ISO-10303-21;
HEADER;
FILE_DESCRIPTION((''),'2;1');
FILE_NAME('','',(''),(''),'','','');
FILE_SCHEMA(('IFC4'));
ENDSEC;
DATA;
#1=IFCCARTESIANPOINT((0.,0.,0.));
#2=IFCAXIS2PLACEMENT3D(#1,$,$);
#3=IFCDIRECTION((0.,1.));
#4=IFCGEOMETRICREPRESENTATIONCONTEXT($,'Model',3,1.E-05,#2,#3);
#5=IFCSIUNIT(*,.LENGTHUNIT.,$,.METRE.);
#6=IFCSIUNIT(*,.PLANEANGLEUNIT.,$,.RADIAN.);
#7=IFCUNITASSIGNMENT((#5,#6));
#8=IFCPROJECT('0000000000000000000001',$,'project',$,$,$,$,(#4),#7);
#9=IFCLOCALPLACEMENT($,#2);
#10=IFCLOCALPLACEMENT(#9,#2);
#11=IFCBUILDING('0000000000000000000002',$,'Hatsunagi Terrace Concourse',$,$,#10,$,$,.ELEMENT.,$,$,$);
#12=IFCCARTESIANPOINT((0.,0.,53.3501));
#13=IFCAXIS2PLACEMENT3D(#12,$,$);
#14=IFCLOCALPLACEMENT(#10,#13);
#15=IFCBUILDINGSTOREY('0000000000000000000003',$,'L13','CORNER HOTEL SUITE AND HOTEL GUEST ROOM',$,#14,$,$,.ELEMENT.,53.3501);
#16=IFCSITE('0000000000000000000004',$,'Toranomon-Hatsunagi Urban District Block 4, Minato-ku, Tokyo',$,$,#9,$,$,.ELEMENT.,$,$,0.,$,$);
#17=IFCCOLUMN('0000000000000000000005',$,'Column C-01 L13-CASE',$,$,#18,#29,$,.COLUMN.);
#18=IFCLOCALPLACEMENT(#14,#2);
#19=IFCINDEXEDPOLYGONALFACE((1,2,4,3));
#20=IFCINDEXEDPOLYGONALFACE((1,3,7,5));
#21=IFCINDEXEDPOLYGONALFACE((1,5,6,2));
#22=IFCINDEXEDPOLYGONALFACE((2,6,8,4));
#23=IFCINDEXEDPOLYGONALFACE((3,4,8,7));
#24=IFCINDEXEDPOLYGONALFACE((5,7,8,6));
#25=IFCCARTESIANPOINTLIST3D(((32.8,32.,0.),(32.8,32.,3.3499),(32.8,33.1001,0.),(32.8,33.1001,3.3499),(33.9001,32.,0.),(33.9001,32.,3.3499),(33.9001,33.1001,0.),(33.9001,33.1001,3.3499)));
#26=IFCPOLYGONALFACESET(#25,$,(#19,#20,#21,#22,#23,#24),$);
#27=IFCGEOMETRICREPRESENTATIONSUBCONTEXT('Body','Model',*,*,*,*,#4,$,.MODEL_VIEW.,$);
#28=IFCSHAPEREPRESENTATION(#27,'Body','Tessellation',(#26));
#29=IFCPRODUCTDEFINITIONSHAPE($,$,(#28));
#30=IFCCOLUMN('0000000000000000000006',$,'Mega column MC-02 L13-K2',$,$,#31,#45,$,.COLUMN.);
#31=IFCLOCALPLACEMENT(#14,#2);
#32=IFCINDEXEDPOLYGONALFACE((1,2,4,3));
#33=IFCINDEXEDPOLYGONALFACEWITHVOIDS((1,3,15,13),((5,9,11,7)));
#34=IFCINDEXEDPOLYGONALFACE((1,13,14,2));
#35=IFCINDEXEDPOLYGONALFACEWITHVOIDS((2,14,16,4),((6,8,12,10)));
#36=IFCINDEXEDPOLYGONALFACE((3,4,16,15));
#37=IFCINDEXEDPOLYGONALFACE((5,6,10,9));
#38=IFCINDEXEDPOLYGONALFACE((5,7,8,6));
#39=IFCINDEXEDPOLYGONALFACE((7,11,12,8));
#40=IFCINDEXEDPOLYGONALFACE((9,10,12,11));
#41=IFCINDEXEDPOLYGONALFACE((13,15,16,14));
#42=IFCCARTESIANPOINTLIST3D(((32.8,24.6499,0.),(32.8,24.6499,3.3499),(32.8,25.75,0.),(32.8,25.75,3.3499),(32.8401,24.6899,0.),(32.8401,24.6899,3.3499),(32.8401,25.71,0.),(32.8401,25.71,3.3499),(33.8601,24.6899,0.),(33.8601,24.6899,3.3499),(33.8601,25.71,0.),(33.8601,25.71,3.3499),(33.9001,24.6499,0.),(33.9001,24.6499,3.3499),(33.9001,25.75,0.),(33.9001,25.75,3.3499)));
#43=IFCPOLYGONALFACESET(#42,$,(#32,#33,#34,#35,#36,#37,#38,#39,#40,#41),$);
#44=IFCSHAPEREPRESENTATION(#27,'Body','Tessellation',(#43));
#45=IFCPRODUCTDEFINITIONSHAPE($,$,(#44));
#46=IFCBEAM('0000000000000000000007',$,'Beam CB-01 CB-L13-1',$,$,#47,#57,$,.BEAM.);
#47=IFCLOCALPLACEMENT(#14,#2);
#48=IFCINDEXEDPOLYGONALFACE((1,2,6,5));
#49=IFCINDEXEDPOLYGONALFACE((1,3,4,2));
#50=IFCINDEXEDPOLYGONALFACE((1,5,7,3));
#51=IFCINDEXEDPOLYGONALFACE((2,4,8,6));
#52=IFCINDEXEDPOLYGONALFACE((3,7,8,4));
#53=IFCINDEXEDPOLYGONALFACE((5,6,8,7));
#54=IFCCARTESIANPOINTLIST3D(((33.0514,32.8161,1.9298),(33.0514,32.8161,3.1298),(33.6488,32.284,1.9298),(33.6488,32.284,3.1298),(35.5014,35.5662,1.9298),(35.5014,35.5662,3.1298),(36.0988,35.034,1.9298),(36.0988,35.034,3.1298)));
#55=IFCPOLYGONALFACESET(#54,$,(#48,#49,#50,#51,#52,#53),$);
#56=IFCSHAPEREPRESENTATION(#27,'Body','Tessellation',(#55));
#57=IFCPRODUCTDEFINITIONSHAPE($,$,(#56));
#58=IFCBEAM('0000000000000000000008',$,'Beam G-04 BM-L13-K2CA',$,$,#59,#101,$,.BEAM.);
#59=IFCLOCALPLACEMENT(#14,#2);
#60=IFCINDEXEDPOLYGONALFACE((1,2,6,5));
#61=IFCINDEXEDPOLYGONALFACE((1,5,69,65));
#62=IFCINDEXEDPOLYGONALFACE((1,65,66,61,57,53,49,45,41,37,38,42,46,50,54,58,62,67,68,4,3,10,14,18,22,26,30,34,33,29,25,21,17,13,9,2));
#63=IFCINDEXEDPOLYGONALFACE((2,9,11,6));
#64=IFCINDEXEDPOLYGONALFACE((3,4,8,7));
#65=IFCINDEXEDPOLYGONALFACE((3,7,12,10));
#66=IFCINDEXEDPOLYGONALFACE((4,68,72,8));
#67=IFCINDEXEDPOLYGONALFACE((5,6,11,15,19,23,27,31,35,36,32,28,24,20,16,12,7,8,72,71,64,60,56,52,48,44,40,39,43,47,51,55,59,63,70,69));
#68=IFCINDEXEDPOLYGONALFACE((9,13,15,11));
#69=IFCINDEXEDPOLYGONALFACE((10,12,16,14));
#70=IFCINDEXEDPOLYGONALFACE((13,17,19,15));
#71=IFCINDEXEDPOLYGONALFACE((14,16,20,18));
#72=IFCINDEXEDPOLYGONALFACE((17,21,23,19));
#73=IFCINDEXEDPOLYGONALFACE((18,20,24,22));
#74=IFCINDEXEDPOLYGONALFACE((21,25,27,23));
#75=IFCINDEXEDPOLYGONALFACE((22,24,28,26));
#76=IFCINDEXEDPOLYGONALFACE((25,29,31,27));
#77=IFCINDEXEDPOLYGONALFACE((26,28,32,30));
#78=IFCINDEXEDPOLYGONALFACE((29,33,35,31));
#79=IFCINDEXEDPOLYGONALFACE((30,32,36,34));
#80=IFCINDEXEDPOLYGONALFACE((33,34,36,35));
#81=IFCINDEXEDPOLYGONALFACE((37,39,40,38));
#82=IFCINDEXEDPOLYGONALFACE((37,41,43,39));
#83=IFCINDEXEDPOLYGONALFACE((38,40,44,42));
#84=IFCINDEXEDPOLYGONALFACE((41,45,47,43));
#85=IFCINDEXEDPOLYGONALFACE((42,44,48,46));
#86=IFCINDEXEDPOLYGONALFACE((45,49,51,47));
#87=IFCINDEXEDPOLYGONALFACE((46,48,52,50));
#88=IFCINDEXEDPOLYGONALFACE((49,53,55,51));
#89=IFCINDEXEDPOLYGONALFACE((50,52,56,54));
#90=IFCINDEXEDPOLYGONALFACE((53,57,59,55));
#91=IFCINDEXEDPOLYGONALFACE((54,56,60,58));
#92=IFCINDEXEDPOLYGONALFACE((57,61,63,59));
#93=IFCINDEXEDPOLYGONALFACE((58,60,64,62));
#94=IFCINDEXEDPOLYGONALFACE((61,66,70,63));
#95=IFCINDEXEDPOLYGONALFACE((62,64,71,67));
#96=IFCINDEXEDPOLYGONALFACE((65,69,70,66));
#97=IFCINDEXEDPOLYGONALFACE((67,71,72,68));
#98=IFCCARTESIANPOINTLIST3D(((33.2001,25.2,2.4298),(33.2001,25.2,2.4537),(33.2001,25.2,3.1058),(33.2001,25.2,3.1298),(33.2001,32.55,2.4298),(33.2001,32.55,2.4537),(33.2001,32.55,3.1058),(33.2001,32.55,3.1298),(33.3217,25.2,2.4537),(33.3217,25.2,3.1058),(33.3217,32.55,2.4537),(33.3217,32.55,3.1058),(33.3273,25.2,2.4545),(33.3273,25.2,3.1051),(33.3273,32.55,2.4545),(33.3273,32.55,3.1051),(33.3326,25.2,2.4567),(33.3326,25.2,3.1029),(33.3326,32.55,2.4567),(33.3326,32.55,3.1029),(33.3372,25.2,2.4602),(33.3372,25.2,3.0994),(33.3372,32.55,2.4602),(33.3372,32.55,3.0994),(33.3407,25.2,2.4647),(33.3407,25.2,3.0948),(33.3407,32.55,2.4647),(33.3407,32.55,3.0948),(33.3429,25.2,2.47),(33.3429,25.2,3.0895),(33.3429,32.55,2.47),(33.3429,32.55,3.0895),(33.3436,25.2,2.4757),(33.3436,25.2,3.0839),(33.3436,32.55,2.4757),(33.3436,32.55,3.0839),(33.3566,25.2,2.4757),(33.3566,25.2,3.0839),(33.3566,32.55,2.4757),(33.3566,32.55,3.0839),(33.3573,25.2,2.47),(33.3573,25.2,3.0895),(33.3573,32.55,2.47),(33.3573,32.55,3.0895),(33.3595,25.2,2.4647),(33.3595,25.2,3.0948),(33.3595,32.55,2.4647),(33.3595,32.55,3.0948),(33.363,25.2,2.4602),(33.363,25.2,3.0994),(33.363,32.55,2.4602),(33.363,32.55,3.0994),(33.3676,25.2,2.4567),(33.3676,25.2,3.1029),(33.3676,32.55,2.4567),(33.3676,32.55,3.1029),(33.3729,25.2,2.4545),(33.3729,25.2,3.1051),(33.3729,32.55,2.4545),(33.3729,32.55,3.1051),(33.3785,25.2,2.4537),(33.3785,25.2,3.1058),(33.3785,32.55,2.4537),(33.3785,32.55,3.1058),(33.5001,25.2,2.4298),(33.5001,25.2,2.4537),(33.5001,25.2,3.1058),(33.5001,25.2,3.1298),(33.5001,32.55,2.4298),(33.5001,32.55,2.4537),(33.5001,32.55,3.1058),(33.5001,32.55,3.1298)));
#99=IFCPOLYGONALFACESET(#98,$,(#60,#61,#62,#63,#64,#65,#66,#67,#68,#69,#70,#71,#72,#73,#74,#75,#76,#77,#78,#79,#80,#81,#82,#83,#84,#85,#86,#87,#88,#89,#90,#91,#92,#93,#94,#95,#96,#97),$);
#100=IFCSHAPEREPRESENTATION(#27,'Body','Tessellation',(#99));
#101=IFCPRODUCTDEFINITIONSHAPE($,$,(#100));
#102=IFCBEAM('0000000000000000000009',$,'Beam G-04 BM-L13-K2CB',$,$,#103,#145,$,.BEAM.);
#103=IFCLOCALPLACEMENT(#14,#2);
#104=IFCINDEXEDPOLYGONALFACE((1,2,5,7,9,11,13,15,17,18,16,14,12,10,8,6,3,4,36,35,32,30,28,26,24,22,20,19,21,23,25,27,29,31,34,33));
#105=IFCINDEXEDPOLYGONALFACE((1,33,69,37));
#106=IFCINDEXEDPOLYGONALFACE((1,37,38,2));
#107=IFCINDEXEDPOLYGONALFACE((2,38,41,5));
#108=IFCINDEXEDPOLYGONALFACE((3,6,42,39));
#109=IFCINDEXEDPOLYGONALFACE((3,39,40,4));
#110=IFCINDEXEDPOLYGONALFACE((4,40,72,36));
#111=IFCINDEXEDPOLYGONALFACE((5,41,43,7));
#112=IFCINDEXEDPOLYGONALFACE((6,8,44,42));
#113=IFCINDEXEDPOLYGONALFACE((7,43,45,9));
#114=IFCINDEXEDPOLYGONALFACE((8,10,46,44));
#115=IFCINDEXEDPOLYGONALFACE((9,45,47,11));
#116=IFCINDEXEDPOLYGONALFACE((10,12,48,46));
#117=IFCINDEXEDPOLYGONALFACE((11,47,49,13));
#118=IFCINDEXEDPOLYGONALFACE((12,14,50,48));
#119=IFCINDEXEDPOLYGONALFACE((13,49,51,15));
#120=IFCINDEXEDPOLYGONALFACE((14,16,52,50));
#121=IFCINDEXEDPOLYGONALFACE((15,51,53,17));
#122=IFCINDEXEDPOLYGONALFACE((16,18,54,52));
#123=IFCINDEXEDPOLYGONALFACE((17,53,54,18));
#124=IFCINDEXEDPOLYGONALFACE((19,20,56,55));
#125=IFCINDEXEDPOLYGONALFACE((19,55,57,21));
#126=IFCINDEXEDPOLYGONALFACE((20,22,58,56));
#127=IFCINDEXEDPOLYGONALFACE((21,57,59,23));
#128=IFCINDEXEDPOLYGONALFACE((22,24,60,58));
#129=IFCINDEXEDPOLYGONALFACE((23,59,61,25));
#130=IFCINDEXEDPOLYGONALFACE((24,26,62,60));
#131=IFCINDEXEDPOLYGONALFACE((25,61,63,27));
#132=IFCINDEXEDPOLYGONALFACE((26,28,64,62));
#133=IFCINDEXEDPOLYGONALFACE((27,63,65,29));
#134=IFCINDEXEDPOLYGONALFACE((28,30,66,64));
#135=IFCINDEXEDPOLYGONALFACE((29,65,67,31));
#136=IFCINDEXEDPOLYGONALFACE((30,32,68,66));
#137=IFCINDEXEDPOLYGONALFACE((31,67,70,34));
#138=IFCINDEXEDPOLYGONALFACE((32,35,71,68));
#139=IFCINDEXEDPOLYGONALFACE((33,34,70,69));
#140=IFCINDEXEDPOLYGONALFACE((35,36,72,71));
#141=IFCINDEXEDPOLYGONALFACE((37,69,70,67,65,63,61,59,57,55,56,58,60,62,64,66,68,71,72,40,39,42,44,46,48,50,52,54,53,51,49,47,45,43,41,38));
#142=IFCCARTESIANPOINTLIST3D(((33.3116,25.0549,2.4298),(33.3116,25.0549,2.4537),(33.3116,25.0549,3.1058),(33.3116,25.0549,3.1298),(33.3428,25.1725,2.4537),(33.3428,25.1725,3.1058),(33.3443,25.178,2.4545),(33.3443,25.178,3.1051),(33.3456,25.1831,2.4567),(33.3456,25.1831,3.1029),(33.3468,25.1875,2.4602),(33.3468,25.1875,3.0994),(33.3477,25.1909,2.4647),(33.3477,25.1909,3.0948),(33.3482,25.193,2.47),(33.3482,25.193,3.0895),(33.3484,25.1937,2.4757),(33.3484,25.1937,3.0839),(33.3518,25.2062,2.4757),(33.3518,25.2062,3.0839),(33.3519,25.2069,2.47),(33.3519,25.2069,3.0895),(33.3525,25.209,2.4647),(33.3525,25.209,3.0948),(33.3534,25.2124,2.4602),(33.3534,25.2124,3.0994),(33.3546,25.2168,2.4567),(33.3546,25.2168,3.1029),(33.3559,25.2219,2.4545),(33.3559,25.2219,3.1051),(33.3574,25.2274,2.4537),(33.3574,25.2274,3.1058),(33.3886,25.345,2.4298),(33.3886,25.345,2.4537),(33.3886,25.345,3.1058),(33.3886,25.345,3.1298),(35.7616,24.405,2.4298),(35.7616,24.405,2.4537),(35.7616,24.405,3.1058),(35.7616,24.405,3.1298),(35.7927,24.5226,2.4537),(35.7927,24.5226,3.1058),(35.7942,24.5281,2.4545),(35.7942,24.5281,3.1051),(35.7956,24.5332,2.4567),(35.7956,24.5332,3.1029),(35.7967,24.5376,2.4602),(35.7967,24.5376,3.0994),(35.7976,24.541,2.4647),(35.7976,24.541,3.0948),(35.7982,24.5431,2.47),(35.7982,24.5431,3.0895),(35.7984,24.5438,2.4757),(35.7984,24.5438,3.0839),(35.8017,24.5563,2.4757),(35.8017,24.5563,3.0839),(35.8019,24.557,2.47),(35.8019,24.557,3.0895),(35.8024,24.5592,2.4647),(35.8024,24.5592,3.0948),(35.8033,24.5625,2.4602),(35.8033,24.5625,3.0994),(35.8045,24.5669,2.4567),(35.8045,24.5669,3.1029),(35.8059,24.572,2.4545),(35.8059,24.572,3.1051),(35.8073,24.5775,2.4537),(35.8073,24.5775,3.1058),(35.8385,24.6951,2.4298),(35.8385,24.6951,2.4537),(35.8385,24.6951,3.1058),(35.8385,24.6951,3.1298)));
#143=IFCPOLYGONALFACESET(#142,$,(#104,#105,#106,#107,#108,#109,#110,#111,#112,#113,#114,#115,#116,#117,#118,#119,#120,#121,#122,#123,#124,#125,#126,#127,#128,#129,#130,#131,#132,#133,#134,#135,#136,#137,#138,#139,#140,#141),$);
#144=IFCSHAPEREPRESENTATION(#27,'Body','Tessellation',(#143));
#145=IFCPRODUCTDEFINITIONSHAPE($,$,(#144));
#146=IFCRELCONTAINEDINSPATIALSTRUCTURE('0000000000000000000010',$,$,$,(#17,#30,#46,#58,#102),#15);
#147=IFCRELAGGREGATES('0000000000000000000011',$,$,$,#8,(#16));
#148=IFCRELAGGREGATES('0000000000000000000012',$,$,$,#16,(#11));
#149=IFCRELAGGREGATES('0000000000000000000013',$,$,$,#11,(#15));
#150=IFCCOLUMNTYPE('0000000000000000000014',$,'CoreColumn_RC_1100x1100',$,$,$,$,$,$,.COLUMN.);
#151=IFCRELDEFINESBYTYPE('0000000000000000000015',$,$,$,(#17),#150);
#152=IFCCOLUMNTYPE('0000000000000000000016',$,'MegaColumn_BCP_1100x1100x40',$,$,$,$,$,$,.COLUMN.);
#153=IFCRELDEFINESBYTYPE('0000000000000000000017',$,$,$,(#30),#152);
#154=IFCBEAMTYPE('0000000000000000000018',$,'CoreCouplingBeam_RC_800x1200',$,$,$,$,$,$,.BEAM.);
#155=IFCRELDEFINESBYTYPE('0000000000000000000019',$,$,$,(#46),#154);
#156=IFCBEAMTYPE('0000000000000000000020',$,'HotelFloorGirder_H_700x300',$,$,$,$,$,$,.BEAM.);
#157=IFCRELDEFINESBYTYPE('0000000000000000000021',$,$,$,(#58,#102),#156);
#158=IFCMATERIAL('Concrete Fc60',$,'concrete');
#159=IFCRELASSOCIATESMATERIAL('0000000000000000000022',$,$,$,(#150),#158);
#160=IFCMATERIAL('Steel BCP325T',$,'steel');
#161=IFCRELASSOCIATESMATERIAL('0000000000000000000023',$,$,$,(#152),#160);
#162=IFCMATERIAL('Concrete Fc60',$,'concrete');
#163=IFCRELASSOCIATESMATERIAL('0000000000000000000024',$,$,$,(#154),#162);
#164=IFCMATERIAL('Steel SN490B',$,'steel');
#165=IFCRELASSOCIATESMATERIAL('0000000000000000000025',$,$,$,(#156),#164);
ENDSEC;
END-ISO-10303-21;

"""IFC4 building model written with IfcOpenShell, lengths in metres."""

from ifc_helpers import new_model, si_unit, direction, frame, origin, origin_2d, place, context, subcontext, project, spatial, rectangle, hollow_rectangle, i_section, extrude, material, material_profile, profile_set, type_object, element, save


model = new_model("IFC4")

# Units and contexts
model_context = context("Model", 3, precision=1e-05, world=origin(), true_north=direction((0.0, 1.0)))
body_context = subcontext(model_context, "Body", "Model", "MODEL_VIEW")
ifc_project = project(units=[si_unit("LENGTHUNIT", "METRE"), si_unit("PLANEANGLEUNIT", "RADIAN")], contexts=[model_context])

# Site, building, storey
site_placement = place(None, origin())
site = spatial("IfcSite", under=ifc_project, at=site_placement, Name="Toranomon-Hatsunagi Urban District Block 4, Minato-ku, Tokyo", CompositionType="ELEMENT", RefElevation=0.0)
building_placement = place(site_placement, origin())
building = spatial("IfcBuilding", under=site, at=building_placement, Name="Hatsunagi Terrace Concourse", CompositionType="ELEMENT")
storey_placement = place(building_placement, frame((0.0, 0.0, 53.3501)))
storey = spatial("IfcBuildingStorey", under=building, at=storey_placement, Name="L13", Description="CORNER HOTEL SUITE AND HOTEL GUEST ROOM", CompositionType="ELEMENT", Elevation=53.3501)

# Columns
ifc_material_1 = material(Name="Concrete Fc60", Category="concrete")
ifc_material_profile_1 = material_profile(ifc_material_1, rectangle(XDim=1.1001, YDim=1.1001, at=origin_2d()), Name="RC-1100x1100")
ifc_profile_set_1 = profile_set([ifc_material_profile_1], Name="Concrete Fc60")
column_type_1 = type_object("IfcColumnType", Name="CoreColumn_RC_1100x1100", PredefinedType="COLUMN", material=ifc_profile_set_1)
column_1_placement = place(storey_placement, frame((33.3501, 32.55, 0.0), z_axis=(0.0, 0.0, 1.0), x_axis=(1.0, 0.0, 0.0)))
element("IfcColumn", 1, at=column_1_placement, inside=storey, type_object=column_type_1, Name="Column C-01 L13-CASE", PredefinedType="COLUMN", context=body_context, shape_type="SweptSolid", body=[
    extrude(rectangle(XDim=1.1001, YDim=1.1001, at=origin_2d()), origin(), (0.0, 0.0, 1.0), 3.3499),
])
ifc_material_2 = material(Name="Steel BCP325T", Category="steel")
ifc_material_profile_2 = material_profile(ifc_material_2, hollow_rectangle(XDim=1.1001, YDim=1.1001, WallThickness=0.04, at=origin_2d()), Name="BCP-1100x1100x40")
ifc_profile_set_2 = profile_set([ifc_material_profile_2], Name="Steel BCP325T")
column_type_2 = type_object("IfcColumnType", Name="MegaColumn_BCP_1100x1100x40", PredefinedType="COLUMN", material=ifc_profile_set_2)
column_2_placement = place(storey_placement, frame((33.3501, 25.2, 0.0), z_axis=(0.0, 0.0, 1.0), x_axis=(1.0, 0.0, 0.0)))
element("IfcColumn", 2, at=column_2_placement, inside=storey, type_object=column_type_2, Name="Mega column MC-02 L13-K2", PredefinedType="COLUMN", context=body_context, shape_type="SweptSolid", body=[
    extrude(hollow_rectangle(XDim=1.1001, YDim=1.1001, WallThickness=0.04, at=origin_2d()), origin(), (0.0, 0.0, 1.0), 3.3499),
])

# Beams
ifc_material_3 = material(Name="Concrete Fc60", Category="concrete")
ifc_material_profile_3 = material_profile(ifc_material_3, rectangle(XDim=0.8, YDim=1.2, at=origin_2d()), Name="RC-800x1200")
ifc_profile_set_3 = profile_set([ifc_material_profile_3], Name="Concrete Fc60")
beam_type_1 = type_object("IfcBeamType", Name="CoreCouplingBeam_RC_800x1200", PredefinedType="BEAM", material=ifc_profile_set_3)
beam_1_placement = place(storey_placement, frame((33.3501, 32.55, 2.5298), z_axis=(0.665199, 0.746666, 0.0), x_axis=(-0.746666, 0.665199, 0.0)))
element("IfcBeam", 3, at=beam_1_placement, inside=storey, type_object=beam_type_1, Name="Beam CB-01 CB-L13-1", PredefinedType="BEAM", context=body_context, shape_type="SweptSolid", body=[
    extrude(rectangle(XDim=0.8, YDim=1.2, at=origin_2d()), origin(), (0.0, 0.0, 1.0), 3.6831),
])
ifc_material_4 = material(Name="Steel SN490B", Category="steel")
ifc_material_profile_4 = material_profile(ifc_material_4, i_section(OverallWidth=0.3, OverallDepth=0.7, WebThickness=0.0129, FlangeThickness=0.0239, FilletRadius=0.022, at=origin_2d()), Name="H-700x300x13x24")
ifc_profile_set_4 = profile_set([ifc_material_profile_4], Name="Steel SN490B")
beam_type_2 = type_object("IfcBeamType", Name="HotelFloorGirder_H_700x300", PredefinedType="BEAM", material=ifc_profile_set_4)
beam_2_placement = place(storey_placement, frame((33.3501, 25.2, 2.7798), z_axis=(0.0, 1.0, 0.0), x_axis=(-1.0, 0.0, 0.0)))
element("IfcBeam", 4, at=beam_2_placement, inside=storey, type_object=beam_type_2, Name="Beam G-04 BM-L13-K2CA", PredefinedType="BEAM", context=body_context, shape_type="SweptSolid", body=[
    extrude(i_section(OverallWidth=0.3, OverallDepth=0.7, WebThickness=0.0129, FlangeThickness=0.0239, FilletRadius=0.022, at=origin_2d()), origin(), (0.0, 0.0, 1.0), 7.3501),
])
beam_3_placement = place(storey_placement, frame((33.3501, 25.2, 2.7798), z_axis=(0.96657, -0.256403, 0.0), x_axis=(0.256403, 0.96657, 0.0)))
element("IfcBeam", 5, at=beam_3_placement, inside=storey, type_object=beam_type_2, Name="Beam G-04 BM-L13-K2CB", PredefinedType="BEAM", context=body_context, shape_type="SweptSolid", body=[
    extrude(i_section(OverallWidth=0.3, OverallDepth=0.7, WebThickness=0.0129, FlangeThickness=0.0239, FilletRadius=0.022, at=origin_2d()), origin(), (0.0, 0.0, 1.0), 2.5347),
])

save(model, "model.ifc")
